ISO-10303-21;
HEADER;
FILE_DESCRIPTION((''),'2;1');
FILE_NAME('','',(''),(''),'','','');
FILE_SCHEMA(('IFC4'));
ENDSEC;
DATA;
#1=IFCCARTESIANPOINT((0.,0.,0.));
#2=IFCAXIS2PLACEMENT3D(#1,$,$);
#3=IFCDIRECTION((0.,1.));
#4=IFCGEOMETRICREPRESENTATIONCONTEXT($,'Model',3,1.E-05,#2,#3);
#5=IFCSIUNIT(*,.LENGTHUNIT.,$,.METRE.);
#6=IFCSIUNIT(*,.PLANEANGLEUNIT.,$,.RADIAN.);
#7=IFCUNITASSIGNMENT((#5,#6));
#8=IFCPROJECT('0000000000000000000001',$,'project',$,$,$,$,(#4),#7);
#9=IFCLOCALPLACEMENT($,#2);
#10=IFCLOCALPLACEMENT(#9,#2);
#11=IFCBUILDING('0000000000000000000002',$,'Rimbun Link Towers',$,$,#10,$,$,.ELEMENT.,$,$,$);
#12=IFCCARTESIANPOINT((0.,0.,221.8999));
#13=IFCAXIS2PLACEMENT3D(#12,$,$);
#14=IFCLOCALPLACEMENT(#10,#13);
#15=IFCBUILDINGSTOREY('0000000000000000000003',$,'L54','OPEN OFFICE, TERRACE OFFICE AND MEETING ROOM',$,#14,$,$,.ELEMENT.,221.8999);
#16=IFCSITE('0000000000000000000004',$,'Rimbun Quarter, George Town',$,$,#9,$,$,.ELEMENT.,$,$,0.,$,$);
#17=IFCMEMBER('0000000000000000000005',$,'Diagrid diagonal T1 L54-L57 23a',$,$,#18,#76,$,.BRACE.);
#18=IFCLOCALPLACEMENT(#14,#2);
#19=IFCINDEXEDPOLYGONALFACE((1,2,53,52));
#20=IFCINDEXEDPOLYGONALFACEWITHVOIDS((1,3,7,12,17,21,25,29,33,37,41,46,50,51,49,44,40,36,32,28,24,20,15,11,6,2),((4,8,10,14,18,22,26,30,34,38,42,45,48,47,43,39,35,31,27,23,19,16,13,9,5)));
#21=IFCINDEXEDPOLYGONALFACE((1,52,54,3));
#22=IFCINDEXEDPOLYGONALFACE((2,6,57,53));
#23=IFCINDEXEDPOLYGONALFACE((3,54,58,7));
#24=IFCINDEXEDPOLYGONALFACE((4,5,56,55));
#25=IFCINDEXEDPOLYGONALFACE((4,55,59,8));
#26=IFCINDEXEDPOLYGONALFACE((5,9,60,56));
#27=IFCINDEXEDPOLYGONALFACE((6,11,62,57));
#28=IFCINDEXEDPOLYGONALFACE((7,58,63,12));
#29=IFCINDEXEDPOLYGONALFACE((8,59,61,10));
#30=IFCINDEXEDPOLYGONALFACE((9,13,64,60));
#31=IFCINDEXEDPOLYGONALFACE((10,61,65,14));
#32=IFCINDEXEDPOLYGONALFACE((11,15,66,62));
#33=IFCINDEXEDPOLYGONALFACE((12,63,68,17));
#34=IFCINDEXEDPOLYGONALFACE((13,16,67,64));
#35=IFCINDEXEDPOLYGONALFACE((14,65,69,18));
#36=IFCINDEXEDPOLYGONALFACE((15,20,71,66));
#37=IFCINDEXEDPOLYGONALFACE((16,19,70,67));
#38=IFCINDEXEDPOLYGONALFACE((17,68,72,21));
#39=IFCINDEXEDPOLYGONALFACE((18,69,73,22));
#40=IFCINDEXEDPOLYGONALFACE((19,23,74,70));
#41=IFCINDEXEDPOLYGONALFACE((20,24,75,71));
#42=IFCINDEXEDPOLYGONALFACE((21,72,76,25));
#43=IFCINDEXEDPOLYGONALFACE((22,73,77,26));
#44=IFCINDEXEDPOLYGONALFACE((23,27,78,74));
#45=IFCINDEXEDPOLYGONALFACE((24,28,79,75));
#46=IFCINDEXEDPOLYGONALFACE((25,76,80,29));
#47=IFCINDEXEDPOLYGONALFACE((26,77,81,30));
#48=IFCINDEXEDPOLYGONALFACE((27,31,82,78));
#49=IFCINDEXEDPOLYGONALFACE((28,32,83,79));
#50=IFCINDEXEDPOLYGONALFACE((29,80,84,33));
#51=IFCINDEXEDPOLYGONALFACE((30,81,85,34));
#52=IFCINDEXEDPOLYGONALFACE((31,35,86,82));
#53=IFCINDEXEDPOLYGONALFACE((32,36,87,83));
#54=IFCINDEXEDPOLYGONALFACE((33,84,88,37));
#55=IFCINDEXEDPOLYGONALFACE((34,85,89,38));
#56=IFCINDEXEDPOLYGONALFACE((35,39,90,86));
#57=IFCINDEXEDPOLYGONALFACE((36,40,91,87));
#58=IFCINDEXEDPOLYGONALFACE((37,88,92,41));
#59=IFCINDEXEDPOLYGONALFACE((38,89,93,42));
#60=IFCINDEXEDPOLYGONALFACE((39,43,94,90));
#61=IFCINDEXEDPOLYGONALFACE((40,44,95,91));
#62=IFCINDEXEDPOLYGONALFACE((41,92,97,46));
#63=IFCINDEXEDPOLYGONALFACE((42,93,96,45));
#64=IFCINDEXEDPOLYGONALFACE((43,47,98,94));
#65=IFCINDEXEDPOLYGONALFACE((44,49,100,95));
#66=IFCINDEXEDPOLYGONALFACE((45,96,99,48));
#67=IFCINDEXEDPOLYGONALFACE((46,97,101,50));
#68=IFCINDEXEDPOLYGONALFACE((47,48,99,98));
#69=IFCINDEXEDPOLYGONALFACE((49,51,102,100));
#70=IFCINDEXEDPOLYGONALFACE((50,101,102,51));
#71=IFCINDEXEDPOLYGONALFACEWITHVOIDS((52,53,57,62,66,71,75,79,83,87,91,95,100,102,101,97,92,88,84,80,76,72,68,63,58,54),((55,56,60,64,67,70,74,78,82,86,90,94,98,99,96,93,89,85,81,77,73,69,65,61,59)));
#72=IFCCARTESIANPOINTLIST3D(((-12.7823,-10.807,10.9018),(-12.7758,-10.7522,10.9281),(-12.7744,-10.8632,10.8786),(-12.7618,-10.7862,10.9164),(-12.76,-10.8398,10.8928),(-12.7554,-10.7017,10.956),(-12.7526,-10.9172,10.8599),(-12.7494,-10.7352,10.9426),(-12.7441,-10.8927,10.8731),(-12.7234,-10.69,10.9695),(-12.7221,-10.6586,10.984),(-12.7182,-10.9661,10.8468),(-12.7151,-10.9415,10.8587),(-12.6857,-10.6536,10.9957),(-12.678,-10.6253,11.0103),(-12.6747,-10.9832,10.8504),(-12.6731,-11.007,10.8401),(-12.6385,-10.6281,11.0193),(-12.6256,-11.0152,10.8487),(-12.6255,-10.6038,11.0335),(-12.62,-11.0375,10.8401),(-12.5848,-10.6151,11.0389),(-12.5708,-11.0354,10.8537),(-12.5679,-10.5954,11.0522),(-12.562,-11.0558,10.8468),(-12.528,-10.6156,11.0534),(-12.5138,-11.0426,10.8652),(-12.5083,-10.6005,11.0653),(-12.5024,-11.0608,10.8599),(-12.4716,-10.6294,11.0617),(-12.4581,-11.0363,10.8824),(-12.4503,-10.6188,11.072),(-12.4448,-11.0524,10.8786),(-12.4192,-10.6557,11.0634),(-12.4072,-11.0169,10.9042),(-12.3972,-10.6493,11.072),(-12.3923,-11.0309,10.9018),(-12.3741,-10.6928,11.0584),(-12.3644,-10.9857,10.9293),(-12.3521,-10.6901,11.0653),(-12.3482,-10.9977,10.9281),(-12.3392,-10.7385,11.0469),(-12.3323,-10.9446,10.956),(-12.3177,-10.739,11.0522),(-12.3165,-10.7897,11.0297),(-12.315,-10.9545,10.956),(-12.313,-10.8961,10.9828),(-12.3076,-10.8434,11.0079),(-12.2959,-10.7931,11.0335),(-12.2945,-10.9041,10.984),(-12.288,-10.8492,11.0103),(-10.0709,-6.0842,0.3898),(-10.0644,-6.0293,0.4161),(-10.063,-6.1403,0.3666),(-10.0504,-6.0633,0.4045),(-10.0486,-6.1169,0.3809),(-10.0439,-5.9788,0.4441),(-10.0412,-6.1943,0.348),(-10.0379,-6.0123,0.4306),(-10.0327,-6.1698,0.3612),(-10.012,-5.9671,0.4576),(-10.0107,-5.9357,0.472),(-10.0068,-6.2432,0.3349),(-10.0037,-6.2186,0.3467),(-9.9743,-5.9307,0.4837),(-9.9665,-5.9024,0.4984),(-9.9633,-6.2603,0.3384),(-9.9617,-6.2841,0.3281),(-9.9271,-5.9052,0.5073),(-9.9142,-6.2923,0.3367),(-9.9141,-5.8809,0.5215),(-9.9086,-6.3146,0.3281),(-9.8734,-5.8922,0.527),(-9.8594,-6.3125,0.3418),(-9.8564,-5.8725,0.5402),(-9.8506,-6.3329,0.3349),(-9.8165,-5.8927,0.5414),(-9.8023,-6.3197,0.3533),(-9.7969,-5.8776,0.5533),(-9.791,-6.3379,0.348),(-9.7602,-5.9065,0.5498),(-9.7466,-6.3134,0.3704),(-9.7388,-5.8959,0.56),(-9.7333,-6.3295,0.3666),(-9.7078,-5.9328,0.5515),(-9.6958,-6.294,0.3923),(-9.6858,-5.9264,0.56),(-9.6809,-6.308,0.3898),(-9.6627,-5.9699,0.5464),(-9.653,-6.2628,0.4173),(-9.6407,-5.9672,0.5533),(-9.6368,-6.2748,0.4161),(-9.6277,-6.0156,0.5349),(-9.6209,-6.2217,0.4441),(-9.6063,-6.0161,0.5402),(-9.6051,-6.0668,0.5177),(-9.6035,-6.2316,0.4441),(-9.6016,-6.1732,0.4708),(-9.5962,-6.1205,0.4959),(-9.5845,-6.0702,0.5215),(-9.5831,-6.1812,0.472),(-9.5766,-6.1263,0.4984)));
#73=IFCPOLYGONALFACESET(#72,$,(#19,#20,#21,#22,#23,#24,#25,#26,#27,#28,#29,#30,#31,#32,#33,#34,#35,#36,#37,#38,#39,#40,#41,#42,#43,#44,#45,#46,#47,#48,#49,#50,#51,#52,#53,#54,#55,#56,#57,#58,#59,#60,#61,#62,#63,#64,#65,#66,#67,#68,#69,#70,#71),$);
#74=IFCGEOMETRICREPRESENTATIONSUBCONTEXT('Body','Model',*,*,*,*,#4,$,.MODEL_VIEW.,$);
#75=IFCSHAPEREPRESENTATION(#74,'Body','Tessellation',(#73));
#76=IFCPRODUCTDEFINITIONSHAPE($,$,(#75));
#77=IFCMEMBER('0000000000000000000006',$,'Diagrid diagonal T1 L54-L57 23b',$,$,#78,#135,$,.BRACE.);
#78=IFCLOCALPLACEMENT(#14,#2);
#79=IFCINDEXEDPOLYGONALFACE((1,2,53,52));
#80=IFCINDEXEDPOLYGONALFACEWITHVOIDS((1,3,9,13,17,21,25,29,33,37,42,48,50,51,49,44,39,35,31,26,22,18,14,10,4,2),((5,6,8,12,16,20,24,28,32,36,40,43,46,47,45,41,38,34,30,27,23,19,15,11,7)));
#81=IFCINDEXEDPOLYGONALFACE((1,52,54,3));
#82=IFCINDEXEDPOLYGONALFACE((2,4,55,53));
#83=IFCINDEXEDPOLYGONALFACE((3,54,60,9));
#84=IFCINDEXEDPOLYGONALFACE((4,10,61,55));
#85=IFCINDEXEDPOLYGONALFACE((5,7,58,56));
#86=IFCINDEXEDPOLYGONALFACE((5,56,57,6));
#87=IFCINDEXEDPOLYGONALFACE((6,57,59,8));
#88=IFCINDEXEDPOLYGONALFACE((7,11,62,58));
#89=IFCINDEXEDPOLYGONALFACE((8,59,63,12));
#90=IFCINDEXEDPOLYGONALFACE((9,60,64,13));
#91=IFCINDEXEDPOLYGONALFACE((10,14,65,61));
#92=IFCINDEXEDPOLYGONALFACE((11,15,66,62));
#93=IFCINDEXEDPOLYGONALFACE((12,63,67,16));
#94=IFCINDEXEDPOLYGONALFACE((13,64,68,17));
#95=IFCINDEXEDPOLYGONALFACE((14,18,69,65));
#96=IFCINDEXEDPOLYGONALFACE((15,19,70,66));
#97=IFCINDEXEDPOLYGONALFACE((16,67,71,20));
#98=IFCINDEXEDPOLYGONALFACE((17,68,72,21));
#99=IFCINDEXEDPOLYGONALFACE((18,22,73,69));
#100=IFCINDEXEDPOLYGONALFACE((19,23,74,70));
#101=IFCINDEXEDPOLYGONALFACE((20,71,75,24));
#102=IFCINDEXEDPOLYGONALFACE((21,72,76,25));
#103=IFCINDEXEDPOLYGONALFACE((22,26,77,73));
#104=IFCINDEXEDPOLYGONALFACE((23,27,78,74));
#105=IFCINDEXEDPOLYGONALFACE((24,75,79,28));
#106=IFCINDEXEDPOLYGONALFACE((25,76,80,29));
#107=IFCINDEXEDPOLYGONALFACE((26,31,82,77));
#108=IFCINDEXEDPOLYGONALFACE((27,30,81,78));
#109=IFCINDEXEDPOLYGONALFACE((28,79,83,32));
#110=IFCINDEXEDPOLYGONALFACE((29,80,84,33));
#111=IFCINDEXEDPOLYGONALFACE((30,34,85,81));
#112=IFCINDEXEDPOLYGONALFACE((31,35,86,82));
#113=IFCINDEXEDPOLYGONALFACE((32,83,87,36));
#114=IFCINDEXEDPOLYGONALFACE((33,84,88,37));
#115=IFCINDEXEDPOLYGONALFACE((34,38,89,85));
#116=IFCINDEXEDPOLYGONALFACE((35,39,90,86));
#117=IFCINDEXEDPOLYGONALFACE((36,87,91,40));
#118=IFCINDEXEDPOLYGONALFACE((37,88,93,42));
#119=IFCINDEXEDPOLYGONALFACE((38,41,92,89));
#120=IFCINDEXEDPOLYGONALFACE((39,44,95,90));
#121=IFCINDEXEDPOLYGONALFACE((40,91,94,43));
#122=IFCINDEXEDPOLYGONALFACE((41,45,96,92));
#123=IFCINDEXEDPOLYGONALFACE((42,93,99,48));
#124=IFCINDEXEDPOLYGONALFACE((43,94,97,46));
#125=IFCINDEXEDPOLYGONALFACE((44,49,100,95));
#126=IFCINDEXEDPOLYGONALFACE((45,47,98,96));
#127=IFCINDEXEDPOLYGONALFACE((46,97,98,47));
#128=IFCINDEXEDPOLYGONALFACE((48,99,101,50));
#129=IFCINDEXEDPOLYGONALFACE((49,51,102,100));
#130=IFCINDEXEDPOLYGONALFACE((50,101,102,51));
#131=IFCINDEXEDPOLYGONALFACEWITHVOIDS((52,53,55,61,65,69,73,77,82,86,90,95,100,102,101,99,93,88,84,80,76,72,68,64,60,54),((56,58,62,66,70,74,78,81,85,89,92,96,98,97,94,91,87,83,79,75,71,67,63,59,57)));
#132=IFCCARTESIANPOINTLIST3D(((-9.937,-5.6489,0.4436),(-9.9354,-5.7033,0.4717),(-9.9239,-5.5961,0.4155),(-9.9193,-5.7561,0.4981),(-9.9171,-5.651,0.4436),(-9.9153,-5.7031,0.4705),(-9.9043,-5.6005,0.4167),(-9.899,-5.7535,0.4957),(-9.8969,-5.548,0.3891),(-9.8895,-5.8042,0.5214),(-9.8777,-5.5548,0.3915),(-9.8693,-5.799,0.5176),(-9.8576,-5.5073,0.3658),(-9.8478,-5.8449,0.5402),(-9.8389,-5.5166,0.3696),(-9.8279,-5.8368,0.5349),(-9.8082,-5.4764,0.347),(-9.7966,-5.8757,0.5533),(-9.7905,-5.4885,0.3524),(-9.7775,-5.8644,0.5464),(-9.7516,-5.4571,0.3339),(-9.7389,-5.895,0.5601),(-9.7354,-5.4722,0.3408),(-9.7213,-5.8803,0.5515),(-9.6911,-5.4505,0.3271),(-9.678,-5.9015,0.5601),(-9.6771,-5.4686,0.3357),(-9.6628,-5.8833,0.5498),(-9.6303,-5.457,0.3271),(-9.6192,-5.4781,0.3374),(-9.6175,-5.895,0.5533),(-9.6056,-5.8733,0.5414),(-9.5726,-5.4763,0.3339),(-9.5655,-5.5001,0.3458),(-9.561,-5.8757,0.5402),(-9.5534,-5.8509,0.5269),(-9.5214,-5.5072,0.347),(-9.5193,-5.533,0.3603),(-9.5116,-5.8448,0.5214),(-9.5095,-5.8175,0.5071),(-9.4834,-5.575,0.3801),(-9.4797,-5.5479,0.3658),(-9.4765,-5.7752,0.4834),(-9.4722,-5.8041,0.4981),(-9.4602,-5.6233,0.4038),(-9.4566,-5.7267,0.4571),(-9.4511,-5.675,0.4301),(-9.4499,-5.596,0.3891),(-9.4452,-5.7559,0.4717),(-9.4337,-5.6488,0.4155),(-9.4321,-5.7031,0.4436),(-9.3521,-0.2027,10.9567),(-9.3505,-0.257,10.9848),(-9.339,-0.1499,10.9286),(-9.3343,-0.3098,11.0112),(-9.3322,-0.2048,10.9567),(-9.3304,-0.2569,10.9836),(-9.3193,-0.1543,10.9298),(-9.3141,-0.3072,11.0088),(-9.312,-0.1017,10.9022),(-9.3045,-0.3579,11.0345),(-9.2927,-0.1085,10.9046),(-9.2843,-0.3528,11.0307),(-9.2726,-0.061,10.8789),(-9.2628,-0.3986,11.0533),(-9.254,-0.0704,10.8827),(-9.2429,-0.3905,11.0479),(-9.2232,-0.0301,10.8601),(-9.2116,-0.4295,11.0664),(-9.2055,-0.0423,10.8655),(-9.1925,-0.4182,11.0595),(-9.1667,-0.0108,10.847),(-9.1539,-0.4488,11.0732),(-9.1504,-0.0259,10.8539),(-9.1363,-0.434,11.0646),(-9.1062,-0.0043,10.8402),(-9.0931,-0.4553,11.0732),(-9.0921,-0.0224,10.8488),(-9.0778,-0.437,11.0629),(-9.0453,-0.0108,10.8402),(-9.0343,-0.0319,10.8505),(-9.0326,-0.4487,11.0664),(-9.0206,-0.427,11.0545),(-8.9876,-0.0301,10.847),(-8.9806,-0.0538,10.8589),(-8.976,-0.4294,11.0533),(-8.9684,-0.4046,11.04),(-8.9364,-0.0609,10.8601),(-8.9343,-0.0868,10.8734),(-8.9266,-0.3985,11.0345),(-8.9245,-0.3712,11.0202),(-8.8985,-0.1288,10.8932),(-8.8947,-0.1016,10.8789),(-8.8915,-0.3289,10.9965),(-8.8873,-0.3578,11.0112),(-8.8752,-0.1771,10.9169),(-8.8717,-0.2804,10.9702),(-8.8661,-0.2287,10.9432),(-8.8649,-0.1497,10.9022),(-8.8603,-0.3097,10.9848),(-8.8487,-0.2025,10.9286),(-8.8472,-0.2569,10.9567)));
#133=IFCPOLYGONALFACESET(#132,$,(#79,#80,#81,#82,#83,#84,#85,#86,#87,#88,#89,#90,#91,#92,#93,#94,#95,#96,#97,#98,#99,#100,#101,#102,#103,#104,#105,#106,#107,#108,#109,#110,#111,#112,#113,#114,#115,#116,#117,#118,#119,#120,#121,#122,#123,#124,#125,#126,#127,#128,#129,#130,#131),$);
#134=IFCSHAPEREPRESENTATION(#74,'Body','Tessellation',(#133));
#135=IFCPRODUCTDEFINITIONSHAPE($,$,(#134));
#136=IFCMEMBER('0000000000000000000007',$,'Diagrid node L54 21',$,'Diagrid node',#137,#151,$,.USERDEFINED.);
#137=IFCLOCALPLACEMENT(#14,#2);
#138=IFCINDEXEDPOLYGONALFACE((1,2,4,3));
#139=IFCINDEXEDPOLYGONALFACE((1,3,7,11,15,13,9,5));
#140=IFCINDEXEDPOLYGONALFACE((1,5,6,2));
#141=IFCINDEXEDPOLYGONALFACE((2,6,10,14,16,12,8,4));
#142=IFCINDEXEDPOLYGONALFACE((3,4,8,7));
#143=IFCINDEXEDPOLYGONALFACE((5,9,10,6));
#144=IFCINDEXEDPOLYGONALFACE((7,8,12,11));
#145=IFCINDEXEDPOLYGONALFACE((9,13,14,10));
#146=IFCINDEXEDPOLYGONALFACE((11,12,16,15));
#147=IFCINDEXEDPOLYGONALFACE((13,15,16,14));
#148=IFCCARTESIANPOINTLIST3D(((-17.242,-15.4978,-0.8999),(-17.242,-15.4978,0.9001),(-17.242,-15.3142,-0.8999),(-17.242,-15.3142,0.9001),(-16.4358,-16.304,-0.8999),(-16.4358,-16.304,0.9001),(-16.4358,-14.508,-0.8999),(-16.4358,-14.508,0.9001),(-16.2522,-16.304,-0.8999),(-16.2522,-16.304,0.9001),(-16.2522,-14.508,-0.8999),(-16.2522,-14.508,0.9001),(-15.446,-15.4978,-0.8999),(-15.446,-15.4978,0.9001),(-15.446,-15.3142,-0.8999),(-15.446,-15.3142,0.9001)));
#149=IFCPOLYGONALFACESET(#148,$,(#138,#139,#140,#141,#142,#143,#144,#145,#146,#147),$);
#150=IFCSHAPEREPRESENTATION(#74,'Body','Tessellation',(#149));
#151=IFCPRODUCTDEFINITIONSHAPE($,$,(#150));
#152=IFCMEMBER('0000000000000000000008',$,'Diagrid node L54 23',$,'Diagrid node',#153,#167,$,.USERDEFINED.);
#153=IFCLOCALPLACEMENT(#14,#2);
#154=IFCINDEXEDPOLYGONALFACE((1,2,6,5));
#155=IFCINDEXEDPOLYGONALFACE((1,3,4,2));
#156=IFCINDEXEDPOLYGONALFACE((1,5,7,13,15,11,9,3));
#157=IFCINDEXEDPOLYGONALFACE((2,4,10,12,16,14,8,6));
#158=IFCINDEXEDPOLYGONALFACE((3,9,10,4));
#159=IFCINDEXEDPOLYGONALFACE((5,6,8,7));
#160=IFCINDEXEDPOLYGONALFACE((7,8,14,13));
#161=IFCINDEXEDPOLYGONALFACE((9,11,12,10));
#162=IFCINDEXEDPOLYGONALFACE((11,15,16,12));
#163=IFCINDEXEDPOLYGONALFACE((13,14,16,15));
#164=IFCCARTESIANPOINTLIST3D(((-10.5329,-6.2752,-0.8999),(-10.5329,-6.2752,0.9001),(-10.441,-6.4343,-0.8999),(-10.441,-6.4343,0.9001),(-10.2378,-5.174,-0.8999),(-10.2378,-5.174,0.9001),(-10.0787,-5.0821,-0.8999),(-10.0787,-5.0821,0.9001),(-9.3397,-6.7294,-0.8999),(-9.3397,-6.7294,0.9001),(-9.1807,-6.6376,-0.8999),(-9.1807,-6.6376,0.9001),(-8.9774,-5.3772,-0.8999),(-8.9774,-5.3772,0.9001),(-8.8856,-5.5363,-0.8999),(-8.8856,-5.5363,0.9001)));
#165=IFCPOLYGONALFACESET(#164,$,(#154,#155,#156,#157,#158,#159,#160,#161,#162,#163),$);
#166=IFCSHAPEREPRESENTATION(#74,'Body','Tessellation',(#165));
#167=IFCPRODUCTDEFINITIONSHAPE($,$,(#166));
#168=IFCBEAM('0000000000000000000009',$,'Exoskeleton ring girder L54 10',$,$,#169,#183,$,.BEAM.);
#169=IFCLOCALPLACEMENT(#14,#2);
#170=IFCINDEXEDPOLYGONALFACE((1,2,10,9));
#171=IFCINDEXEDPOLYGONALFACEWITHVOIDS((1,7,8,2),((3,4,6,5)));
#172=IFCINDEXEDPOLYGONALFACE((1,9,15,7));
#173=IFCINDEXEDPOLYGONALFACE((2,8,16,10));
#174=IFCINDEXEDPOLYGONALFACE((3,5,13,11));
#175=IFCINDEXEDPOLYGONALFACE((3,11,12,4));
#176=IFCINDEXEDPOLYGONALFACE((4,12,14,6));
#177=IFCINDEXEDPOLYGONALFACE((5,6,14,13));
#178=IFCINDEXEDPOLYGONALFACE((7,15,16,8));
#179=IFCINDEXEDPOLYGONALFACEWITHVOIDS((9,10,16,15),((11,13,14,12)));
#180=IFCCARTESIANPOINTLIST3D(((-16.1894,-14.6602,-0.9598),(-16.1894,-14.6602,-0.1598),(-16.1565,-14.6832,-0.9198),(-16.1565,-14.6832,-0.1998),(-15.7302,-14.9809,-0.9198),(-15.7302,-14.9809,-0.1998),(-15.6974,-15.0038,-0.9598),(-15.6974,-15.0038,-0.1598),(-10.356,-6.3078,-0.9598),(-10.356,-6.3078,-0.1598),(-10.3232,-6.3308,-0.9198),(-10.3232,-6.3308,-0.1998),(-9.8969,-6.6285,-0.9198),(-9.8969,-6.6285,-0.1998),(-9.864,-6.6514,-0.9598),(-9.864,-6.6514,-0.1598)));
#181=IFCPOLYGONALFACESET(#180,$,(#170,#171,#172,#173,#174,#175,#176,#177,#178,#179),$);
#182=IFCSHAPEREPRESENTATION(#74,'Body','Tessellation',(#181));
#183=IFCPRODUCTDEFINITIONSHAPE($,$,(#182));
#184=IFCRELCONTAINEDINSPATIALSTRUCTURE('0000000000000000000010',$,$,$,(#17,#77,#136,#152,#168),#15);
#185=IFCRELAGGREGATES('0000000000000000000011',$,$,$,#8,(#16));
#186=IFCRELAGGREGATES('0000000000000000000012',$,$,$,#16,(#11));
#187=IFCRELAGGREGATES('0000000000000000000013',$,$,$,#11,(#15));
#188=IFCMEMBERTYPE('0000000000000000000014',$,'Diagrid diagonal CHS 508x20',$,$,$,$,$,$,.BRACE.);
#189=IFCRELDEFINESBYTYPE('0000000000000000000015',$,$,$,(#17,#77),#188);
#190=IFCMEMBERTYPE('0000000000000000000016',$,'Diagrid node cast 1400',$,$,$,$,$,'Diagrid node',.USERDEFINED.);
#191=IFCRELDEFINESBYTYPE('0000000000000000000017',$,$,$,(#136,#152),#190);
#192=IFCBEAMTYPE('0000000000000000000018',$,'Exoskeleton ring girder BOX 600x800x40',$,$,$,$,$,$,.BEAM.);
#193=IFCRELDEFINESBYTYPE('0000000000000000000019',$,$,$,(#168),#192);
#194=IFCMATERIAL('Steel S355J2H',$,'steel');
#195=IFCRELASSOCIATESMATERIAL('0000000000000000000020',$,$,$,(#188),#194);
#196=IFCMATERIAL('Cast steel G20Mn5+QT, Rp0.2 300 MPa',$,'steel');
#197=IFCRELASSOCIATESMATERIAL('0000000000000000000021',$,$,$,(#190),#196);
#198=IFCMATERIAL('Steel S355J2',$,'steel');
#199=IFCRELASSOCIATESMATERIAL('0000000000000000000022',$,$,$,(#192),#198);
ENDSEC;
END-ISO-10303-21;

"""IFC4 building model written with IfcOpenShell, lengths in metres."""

from ifc_helpers import new_model, si_unit, direction, frame, origin, origin_2d, place, context, subcontext, project, spatial, polyline, hollow_rectangle, hollow_circle, outline, extrude, material, material_profile, profile_set, type_object, element, save


model = new_model("IFC4")

# Units and contexts
model_context = context("Model", 3, precision=1e-05, world=origin(), true_north=direction((0.0, 1.0)))
body_context = subcontext(model_context, "Body", "Model", "MODEL_VIEW")
ifc_project = project(units=[si_unit("LENGTHUNIT", "METRE"), si_unit("PLANEANGLEUNIT", "RADIAN")], contexts=[model_context])

# Site, building, storey
site_placement = place(None, origin())
site = spatial("IfcSite", under=ifc_project, at=site_placement, Name="Rimbun Quarter, George Town", CompositionType="ELEMENT", RefElevation=0.0)
building_placement = place(site_placement, origin())
building = spatial("IfcBuilding", under=site, at=building_placement, Name="Rimbun Link Towers", CompositionType="ELEMENT")
storey_placement = place(building_placement, frame((0.0, 0.0, 221.8999)))
storey = spatial("IfcBuildingStorey", under=building, at=storey_placement, Name="L54", Description="OPEN OFFICE, TERRACE OFFICE AND MEETING ROOM", CompositionType="ELEMENT", Elevation=221.8999)

# Members
ifc_material_1 = material(Name="Steel S355J2H", Category="steel")
ifc_material_profile_1 = material_profile(ifc_material_1, hollow_circle(Radius=0.2539, WallThickness=0.02, at=origin_2d()), Name="Diagrid diagonal CHS 508x20")
ifc_profile_set_1 = profile_set([ifc_material_profile_1], Name="Steel S355J2H")
member_type_1 = type_object("IfcMemberType", Name="Diagrid diagonal CHS 508x20", PredefinedType="BRACE", material=ifc_profile_set_1)
member_1_placement = place(storey_placement, frame((-9.8237, -6.1052, 0.4441), z_axis=(-0.229027, -0.398931, 0.887919), x_axis=(0.867243, -0.497886, 0.0)))
element("IfcMember", 1, at=member_1_placement, inside=storey, type_object=member_type_1, Name="Diagrid diagonal T1 L54-L57 23a", PredefinedType="BRACE", context=body_context, shape_type="SweptSolid", body=[
    extrude(hollow_circle(Radius=0.2539, WallThickness=0.02, at=origin_2d()), origin(), (0.0, 0.0, 1.0), 11.8389),
])
member_2_placement = place(storey_placement, frame((-9.6846, -5.676, 0.4436), z_axis=(0.049345, 0.459425, 0.886845), x_axis=(-0.994281, 0.106791, 0.0)))
element("IfcMember", 2, at=member_2_placement, inside=storey, type_object=member_type_1, Name="Diagrid diagonal T1 L54-L57 23b", PredefinedType="BRACE", context=body_context, shape_type="SweptSolid", body=[
    extrude(hollow_circle(Radius=0.2539, WallThickness=0.02, at=origin_2d()), origin(), (0.0, 0.0, 1.0), 11.8545),
])
ifc_material_2 = material(Name="Cast steel G20Mn5+QT, Rp0.2 300 MPa", Category="steel")
ifc_material_profile_2 = material_profile(ifc_material_2, outline(polyline([(0.7, -0.5701), (0.7, 0.5701), (0.5701, 0.7), (-0.5701, 0.7), (-0.7, 0.5701), (-0.7, -0.5701), (-0.5701, -0.7), (0.5701, -0.7), (0.7, -0.5701)])), Name="NODE 1400x1400")
ifc_profile_set_2 = profile_set([ifc_material_profile_2], Name="Cast steel G20Mn5+QT, Rp0.2 300 MPa")
member_type_2 = type_object("IfcMemberType", Name="Diagrid node cast 1400", ElementType="Diagrid node", PredefinedType="USERDEFINED", material=ifc_profile_set_2)
for number, where, z_axis, x_axis, name in (
    (3, (-16.344, -15.406, -0.8999), (0.0, 0.0, 1.0), (0.707107, -0.707107, 0.0), "Diagrid node L54 21"),
    (4, (-9.7092, -5.9058, -0.8999), (0.0, 0.0, 1.0), (0.965926, -0.258819, 0.0), "Diagrid node L54 23"),
):
    element("IfcMember", number, at=place(storey_placement, frame(where, z_axis=z_axis, x_axis=x_axis)), inside=storey, type_object=member_type_2, Name=name, ObjectType="Diagrid node", PredefinedType="USERDEFINED", context=body_context, shape_type="SweptSolid", body=[
        extrude(outline(polyline([(0.7, -0.5701), (0.7, 0.5701), (0.5701, 0.7), (-0.5701, 0.7), (-0.7, 0.5701), (-0.7, -0.5701), (-0.5701, -0.7), (0.5701, -0.7), (0.7, -0.5701)])), origin(), (0.0, 0.0, 1.0), 1.8),
    ])

# Beam
ifc_material_3 = material(Name="Steel S355J2", Category="steel")
ifc_material_profile_3 = material_profile(ifc_material_3, hollow_rectangle(XDim=0.6001, YDim=0.8, WallThickness=0.04, at=origin_2d()), Name="Exoskeleton ring girder BOX 600x800x40")
ifc_profile_set_3 = profile_set([ifc_material_profile_3], Name="Steel S355J2")
beam_type_1 = type_object("IfcBeamType", Name="Exoskeleton ring girder BOX 600x800x40", PredefinedType="BEAM", material=ifc_profile_set_3)
beam_1_placement = place(storey_placement, frame((-15.9434, -14.832, -0.5598), z_axis=(0.572582, 0.819847, 0.0), x_axis=(-0.819847, 0.572582, 0.0)))
element("IfcBeam", 5, at=beam_1_placement, inside=storey, type_object=beam_type_1, Name="Exoskeleton ring girder L54 10", PredefinedType="BEAM", context=body_context, shape_type="SweptSolid", body=[
    extrude(hollow_rectangle(XDim=0.6001, YDim=0.8, WallThickness=0.04, at=origin_2d()), origin(), (0.0, 0.0, 1.0), 10.1877),
])

save(model, "model.ifc")
